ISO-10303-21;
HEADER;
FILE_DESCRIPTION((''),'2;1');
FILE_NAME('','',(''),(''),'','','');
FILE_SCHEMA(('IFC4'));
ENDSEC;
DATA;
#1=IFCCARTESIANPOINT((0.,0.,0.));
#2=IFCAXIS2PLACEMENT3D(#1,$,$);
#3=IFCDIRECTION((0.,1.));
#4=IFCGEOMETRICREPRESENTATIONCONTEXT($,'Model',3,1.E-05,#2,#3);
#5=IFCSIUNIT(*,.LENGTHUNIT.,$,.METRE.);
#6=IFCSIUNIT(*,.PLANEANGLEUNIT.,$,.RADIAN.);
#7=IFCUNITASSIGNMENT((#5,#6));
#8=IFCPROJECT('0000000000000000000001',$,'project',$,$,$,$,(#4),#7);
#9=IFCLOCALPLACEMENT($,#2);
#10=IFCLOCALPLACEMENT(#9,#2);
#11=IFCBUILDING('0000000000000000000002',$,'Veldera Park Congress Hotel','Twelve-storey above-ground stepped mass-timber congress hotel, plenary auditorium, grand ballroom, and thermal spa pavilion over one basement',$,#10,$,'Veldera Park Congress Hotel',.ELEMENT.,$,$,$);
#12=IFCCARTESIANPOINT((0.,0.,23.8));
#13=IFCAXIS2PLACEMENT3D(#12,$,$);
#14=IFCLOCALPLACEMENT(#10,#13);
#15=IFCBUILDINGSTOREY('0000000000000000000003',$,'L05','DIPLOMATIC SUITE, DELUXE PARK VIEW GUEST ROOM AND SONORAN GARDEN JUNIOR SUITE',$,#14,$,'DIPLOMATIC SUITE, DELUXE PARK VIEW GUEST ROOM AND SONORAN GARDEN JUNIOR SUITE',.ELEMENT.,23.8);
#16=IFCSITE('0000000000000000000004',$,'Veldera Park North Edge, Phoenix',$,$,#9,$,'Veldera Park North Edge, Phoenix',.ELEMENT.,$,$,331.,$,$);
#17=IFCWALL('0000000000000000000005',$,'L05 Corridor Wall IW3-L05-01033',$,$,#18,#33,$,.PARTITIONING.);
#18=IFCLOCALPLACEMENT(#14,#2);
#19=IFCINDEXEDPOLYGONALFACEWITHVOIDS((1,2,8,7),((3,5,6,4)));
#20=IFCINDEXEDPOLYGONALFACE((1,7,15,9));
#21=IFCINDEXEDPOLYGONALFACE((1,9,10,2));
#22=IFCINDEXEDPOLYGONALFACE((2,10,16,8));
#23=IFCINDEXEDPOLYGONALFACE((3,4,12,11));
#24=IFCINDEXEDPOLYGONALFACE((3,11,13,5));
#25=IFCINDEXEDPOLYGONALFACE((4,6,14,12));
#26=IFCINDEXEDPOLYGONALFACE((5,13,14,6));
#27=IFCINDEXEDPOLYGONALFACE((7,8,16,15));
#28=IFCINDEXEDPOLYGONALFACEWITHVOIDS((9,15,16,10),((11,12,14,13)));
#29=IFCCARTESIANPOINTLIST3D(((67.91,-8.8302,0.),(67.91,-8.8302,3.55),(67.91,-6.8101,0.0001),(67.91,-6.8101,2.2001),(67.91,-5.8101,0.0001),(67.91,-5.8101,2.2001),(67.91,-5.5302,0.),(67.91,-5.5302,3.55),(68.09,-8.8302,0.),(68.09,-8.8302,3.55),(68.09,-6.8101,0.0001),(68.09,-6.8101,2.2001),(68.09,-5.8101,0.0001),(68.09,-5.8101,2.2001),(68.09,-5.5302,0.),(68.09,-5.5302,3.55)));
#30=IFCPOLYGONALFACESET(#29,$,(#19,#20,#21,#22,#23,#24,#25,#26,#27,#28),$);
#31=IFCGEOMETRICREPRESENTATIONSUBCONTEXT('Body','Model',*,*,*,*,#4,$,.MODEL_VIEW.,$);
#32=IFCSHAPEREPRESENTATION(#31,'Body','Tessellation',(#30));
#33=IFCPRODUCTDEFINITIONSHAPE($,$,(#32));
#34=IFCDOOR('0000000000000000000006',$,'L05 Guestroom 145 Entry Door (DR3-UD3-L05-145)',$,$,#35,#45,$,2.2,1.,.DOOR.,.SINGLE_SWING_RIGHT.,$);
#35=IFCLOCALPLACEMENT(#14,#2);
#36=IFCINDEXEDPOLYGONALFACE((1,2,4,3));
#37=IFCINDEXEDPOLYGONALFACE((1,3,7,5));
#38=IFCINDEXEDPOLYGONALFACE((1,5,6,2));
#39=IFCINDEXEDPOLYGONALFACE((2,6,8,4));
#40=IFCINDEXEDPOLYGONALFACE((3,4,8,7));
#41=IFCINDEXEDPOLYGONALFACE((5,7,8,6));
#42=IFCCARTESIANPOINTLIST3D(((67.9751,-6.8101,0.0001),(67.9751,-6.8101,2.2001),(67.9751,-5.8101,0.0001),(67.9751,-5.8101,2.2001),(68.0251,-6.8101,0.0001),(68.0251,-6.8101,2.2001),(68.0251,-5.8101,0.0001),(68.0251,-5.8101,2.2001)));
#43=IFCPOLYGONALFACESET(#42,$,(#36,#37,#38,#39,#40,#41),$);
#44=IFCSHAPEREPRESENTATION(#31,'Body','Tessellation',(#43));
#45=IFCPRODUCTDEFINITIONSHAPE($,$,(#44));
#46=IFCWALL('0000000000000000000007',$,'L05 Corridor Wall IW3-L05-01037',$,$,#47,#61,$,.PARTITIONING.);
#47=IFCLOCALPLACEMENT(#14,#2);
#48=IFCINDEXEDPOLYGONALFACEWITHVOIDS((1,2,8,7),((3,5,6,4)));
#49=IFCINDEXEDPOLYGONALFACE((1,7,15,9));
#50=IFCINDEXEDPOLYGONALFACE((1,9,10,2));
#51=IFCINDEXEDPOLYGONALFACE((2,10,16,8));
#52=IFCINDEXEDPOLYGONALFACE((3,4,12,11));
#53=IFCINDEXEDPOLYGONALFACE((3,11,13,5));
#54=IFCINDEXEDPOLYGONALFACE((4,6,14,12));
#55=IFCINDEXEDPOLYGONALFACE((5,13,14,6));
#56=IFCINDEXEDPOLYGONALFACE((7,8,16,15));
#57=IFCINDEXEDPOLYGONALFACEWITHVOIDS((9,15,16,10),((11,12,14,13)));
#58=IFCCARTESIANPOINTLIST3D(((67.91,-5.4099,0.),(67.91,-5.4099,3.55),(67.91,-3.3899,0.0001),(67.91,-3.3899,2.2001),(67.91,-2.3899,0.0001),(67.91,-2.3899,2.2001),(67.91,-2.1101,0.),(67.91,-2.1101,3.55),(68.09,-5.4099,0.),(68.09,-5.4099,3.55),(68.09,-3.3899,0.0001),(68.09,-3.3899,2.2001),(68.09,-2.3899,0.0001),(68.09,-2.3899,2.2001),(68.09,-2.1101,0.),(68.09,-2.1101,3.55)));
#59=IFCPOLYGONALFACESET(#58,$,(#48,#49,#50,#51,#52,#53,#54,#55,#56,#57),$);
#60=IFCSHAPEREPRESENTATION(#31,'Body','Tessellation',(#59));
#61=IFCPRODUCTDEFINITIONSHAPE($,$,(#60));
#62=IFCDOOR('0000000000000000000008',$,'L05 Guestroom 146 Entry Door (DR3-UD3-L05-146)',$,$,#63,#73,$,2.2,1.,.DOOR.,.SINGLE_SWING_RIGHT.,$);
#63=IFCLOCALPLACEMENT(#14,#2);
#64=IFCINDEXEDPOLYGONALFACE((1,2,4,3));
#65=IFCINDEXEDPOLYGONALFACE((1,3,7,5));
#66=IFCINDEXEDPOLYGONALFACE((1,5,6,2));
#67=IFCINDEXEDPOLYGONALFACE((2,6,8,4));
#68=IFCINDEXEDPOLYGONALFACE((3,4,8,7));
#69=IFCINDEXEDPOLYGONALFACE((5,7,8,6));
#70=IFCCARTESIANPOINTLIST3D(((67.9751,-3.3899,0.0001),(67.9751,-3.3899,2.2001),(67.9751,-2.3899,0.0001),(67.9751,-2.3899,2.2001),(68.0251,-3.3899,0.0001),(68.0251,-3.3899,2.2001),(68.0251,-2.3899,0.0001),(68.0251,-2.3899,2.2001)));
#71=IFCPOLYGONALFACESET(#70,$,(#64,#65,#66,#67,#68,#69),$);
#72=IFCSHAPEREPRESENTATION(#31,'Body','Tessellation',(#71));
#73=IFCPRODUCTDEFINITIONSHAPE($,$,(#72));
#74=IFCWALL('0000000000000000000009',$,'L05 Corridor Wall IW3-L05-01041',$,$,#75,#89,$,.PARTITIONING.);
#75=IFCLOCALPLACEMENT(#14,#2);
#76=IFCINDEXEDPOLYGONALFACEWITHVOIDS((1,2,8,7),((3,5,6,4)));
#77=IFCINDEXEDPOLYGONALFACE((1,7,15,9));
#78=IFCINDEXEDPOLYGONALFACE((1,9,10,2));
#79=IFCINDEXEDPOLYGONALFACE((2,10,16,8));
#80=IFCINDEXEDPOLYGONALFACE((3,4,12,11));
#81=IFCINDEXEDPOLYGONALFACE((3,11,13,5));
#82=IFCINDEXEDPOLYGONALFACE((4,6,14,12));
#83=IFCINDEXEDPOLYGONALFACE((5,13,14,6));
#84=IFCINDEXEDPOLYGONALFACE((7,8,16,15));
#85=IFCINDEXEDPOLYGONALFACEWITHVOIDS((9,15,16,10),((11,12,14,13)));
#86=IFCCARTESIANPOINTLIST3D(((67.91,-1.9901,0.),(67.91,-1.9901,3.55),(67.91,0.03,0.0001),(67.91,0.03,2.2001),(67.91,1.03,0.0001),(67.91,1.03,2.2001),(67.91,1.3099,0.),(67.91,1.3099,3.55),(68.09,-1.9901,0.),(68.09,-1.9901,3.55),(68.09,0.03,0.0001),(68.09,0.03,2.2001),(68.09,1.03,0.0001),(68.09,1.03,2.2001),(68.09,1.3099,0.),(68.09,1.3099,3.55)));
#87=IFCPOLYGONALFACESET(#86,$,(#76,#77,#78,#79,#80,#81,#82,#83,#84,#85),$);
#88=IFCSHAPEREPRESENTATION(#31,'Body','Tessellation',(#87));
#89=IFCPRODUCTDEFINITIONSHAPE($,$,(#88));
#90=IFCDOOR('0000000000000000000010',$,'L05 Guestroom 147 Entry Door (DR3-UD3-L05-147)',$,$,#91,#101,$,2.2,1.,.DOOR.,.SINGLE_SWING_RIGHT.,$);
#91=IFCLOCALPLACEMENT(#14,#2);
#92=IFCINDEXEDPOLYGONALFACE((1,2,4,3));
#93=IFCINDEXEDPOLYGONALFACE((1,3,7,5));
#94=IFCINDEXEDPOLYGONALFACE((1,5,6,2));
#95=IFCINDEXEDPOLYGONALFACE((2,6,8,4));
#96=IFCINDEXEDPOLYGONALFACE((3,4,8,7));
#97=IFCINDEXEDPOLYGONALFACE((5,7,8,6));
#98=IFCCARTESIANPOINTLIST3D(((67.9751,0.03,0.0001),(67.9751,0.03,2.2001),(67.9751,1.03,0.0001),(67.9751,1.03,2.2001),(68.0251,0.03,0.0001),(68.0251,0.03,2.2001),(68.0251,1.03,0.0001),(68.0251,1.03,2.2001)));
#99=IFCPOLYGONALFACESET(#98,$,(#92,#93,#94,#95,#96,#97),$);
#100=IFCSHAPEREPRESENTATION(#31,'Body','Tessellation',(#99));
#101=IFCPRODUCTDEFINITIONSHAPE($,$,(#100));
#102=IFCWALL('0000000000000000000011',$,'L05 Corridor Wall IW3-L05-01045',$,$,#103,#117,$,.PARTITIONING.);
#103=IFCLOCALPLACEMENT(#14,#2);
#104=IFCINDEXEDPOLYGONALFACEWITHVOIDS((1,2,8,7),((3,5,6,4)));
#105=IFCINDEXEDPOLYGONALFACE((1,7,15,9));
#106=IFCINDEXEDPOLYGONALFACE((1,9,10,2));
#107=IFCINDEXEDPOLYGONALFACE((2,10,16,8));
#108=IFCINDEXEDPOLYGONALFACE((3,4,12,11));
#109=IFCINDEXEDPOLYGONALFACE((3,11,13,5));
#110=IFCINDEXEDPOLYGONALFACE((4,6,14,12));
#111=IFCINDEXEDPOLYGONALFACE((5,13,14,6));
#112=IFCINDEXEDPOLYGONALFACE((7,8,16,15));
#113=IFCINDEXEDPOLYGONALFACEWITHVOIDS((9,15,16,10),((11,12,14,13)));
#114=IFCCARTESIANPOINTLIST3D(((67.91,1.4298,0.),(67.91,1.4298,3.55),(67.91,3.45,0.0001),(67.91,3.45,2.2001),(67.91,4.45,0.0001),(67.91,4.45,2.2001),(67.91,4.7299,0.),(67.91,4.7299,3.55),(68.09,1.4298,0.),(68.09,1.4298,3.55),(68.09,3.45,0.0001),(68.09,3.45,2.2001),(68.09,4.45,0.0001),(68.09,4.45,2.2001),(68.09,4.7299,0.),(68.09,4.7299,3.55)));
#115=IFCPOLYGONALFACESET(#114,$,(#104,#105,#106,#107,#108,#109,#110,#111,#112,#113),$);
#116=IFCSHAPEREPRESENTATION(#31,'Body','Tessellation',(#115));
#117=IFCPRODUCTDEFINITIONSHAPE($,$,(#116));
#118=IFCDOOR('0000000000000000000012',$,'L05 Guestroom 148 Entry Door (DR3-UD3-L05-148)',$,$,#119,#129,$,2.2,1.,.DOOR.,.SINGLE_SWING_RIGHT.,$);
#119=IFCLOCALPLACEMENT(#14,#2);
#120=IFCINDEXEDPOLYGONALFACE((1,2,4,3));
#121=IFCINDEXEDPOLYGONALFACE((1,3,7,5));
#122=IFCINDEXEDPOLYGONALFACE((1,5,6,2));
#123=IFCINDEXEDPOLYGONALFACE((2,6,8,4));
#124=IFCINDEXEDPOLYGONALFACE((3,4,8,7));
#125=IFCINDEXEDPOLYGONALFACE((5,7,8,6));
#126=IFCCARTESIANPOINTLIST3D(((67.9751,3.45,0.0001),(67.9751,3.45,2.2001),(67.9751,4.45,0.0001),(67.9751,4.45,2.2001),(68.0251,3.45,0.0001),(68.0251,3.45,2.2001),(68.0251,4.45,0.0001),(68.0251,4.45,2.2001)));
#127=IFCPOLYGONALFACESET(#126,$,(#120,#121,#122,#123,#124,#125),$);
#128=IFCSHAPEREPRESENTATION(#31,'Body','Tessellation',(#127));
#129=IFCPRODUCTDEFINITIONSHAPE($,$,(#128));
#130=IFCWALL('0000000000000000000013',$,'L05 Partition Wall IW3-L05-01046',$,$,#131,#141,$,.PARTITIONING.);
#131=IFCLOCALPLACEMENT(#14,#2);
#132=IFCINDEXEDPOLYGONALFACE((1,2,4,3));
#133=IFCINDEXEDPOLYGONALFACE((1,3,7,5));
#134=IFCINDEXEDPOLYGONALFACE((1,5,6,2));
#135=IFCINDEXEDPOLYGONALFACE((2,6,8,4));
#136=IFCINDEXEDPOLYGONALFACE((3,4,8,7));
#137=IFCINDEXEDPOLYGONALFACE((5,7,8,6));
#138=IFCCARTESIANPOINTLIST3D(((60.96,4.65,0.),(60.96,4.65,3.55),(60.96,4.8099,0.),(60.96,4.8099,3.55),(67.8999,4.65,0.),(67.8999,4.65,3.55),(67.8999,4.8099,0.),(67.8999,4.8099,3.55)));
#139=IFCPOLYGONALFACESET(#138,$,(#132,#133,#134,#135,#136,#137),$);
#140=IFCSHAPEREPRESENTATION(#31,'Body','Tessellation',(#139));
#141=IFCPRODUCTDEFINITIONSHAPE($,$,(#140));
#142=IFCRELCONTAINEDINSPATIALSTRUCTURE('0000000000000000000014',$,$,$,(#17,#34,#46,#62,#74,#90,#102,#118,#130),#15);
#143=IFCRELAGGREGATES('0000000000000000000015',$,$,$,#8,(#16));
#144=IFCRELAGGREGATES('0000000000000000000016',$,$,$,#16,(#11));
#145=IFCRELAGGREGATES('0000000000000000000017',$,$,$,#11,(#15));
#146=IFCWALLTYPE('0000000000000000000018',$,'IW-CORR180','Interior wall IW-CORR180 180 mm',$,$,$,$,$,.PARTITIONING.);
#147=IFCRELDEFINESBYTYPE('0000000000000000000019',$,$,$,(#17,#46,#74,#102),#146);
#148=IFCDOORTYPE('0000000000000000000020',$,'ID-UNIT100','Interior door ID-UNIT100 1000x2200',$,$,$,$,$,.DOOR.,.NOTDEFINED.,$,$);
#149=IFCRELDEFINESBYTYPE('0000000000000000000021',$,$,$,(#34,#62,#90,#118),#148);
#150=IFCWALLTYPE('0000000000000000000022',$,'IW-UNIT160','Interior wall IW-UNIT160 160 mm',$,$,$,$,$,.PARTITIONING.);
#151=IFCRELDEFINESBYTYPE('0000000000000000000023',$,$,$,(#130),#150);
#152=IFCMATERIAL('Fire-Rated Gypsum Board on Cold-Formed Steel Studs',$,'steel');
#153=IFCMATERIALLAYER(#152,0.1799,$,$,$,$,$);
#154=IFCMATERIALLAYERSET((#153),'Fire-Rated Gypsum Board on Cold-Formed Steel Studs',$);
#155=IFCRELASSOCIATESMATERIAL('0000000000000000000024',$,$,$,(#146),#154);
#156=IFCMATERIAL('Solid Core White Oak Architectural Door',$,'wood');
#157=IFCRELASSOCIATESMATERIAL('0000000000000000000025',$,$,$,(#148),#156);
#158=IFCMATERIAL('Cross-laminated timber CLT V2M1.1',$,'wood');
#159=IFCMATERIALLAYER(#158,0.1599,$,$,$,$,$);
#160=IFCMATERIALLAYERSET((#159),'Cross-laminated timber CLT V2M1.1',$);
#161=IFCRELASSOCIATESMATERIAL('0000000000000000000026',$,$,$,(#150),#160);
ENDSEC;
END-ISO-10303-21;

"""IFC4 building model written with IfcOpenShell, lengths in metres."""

from ifc_helpers import new_model, si_unit, direction, frame, frame_2d, origin, place, context, subcontext, project, spatial, rectangle, extrude, material, layer, layer_set, type_object, element, fill, save


model = new_model("IFC4")

# Units and contexts
model_context = context("Model", 3, precision=1e-05, world=origin(), true_north=direction((0.0, 1.0)))
body_context = subcontext(model_context, "Body", "Model", "MODEL_VIEW")
ifc_project = project(units=[si_unit("LENGTHUNIT", "METRE"), si_unit("PLANEANGLEUNIT", "RADIAN")], contexts=[model_context])

# Site, building, storey
site_placement = place(None, origin())
site = spatial("IfcSite", under=ifc_project, at=site_placement, Name="Veldera Park North Edge, Phoenix", LongName="Veldera Park North Edge, Phoenix", CompositionType="ELEMENT", RefElevation=331.0)
building_placement = place(site_placement, origin())
building = spatial("IfcBuilding", under=site, at=building_placement, Name="Veldera Park Congress Hotel", Description="Twelve-storey above-ground stepped mass-timber congress hotel, plenary auditorium, grand ballroom, and thermal spa pavilion over one basement", LongName="Veldera Park Congress Hotel", CompositionType="ELEMENT")
storey_placement = place(building_placement, frame((0.0, 0.0, 23.8)))
storey = spatial("IfcBuildingStorey", under=building, at=storey_placement, Name="L05", Description="DIPLOMATIC SUITE, DELUXE PARK VIEW GUEST ROOM AND SONORAN GARDEN JUNIOR SUITE", LongName="DIPLOMATIC SUITE, DELUXE PARK VIEW GUEST ROOM AND SONORAN GARDEN JUNIOR SUITE", CompositionType="ELEMENT", Elevation=23.8)

# Shared definitions
ifc_material_1 = material(Name="Fire-Rated Gypsum Board on Cold-Formed Steel Studs", Category="steel")

# Shared definitions
ifc_material_2 = material(Name="Solid Core White Oak Architectural Door", Category="wood")

# Walls, openings, doors
ifc_layer_1 = layer(ifc_material_1, 0.1799)
ifc_layer_set_1 = layer_set([ifc_layer_1], Name="Fire-Rated Gypsum Board on Cold-Formed Steel Studs")
wall_type_1 = type_object("IfcWallType", Name="IW-CORR180", Description="Interior wall IW-CORR180 180 mm", PredefinedType="PARTITIONING", material=ifc_layer_set_1)
wall_1_placement = place(storey_placement, frame((68.0, -8.8301, 0.0), z_axis=(0.0, 0.0, 1.0), x_axis=(0.0, 1.0, 0.0)))
wall_1 = element("IfcWall", 1, at=wall_1_placement, inside=storey, type_object=wall_type_1, Name="L05 Corridor Wall IW3-L05-01033", PredefinedType="PARTITIONING", context=body_context, shape_type="SweptSolid", body=[
    extrude(rectangle(XDim=3.3, YDim=0.1799, at=frame_2d((1.6499, 0.0))), origin(), (0.0, 0.0, 1.0), 3.55),
])
opening_1_placement = place(wall_1_placement, frame((2.02, 0.0, 0.0)))
opening_1 = element("IfcOpeningElement", 2, at=opening_1_placement, cuts=wall_1, PredefinedType="OPENING", context=body_context, shape_type="SweptSolid", body=[
    extrude(rectangle(XDim=1.0, YDim=2.2, at=frame_2d((0.5, 1.1001))), frame((0.0, 0.1021, 0.0), z_axis=(0.0, -1.0, 0.0), x_axis=(1.0, 0.0, 0.0)), (0.0, 0.0, 1.0), 0.2039),
])
door_type_1 = type_object("IfcDoorType", Name="ID-UNIT100", Description="Interior door ID-UNIT100 1000x2200", OperationType="NOTDEFINED", PredefinedType="DOOR", material=ifc_material_2)
door_1_placement = place(opening_1_placement, origin())
door_1 = element("IfcDoor", 3, at=door_1_placement, inside=storey, type_object=door_type_1, Name="L05 Guestroom 145 Entry Door (DR3-UD3-L05-145)", OperationType="SINGLE_SWING_RIGHT", OverallHeight=2.2, OverallWidth=1.0, PredefinedType="DOOR", context=body_context, shape_type="SweptSolid", body=[
    extrude(rectangle(XDim=1.0, YDim=2.2, at=frame_2d((0.5, 1.1001))), frame((0.0, 0.0249, 0.0), z_axis=(0.0, -1.0, 0.0), x_axis=(1.0, 0.0, 0.0)), (0.0, 0.0, 1.0), 0.05),
])
fill(opening_1, door_1)
wall_2_placement = place(storey_placement, frame((68.0, -5.4099, 0.0), z_axis=(0.0, 0.0, 1.0), x_axis=(0.0, 1.0, 0.0)))
wall_2 = element("IfcWall", 4, at=wall_2_placement, inside=storey, type_object=wall_type_1, Name="L05 Corridor Wall IW3-L05-01037", PredefinedType="PARTITIONING", context=body_context, shape_type="SweptSolid", body=[
    extrude(rectangle(XDim=3.2998, YDim=0.1799, at=frame_2d((1.6499, 0.0))), origin(), (0.0, 0.0, 1.0), 3.55),
])
opening_2_placement = place(wall_2_placement, frame((2.02, 0.0, 0.0)))
opening_2 = element("IfcOpeningElement", 5, at=opening_2_placement, cuts=wall_2, PredefinedType="OPENING", context=body_context, shape_type="SweptSolid", body=[
    extrude(rectangle(XDim=1.0, YDim=2.2, at=frame_2d((0.5, 1.1001))), frame((0.0, 0.1021, 0.0), z_axis=(0.0, -1.0, 0.0), x_axis=(1.0, 0.0, 0.0)), (0.0, 0.0, 1.0), 0.2039),
])
door_2_placement = place(opening_2_placement, origin())
door_2 = element("IfcDoor", 6, at=door_2_placement, inside=storey, type_object=door_type_1, Name="L05 Guestroom 146 Entry Door (DR3-UD3-L05-146)", OperationType="SINGLE_SWING_RIGHT", OverallHeight=2.2, OverallWidth=1.0, PredefinedType="DOOR", context=body_context, shape_type="SweptSolid", body=[
    extrude(rectangle(XDim=1.0, YDim=2.2, at=frame_2d((0.5, 1.1001))), frame((0.0, 0.0249, 0.0), z_axis=(0.0, -1.0, 0.0), x_axis=(1.0, 0.0, 0.0)), (0.0, 0.0, 1.0), 0.05),
])
fill(opening_2, door_2)
wall_3_placement = place(storey_placement, frame((68.0, -1.99, 0.0), z_axis=(0.0, 0.0, 1.0), x_axis=(0.0, 1.0, 0.0)))
wall_3 = element("IfcWall", 7, at=wall_3_placement, inside=storey, type_object=wall_type_1, Name="L05 Corridor Wall IW3-L05-01041", PredefinedType="PARTITIONING", context=body_context, shape_type="SweptSolid", body=[
    extrude(rectangle(XDim=3.3, YDim=0.1799, at=frame_2d((1.6499, 0.0))), origin(), (0.0, 0.0, 1.0), 3.55),
])
opening_3_placement = place(wall_3_placement, frame((2.02, 0.0, 0.0)))
opening_3 = element("IfcOpeningElement", 8, at=opening_3_placement, cuts=wall_3, PredefinedType="OPENING", context=body_context, shape_type="SweptSolid", body=[
    extrude(rectangle(XDim=1.0, YDim=2.2, at=frame_2d((0.5, 1.1001))), frame((0.0, 0.1021, 0.0), z_axis=(0.0, -1.0, 0.0), x_axis=(1.0, 0.0, 0.0)), (0.0, 0.0, 1.0), 0.2039),
])
door_3_placement = place(opening_3_placement, origin())
door_3 = element("IfcDoor", 9, at=door_3_placement, inside=storey, type_object=door_type_1, Name="L05 Guestroom 147 Entry Door (DR3-UD3-L05-147)", OperationType="SINGLE_SWING_RIGHT", OverallHeight=2.2, OverallWidth=1.0, PredefinedType="DOOR", context=body_context, shape_type="SweptSolid", body=[
    extrude(rectangle(XDim=1.0, YDim=2.2, at=frame_2d((0.5, 1.1001))), frame((0.0, 0.0249, 0.0), z_axis=(0.0, -1.0, 0.0), x_axis=(1.0, 0.0, 0.0)), (0.0, 0.0, 1.0), 0.05),
])
fill(opening_3, door_3)
wall_4_placement = place(storey_placement, frame((68.0, 1.4299, 0.0), z_axis=(0.0, 0.0, 1.0), x_axis=(0.0, 1.0, 0.0)))
wall_4 = element("IfcWall", 10, at=wall_4_placement, inside=storey, type_object=wall_type_1, Name="L05 Corridor Wall IW3-L05-01045", PredefinedType="PARTITIONING", context=body_context, shape_type="SweptSolid", body=[
    extrude(rectangle(XDim=3.3, YDim=0.1799, at=frame_2d((1.6499, 0.0))), origin(), (0.0, 0.0, 1.0), 3.55),
])
opening_4_placement = place(wall_4_placement, frame((2.02, 0.0, 0.0)))
opening_4 = element("IfcOpeningElement", 11, at=opening_4_placement, cuts=wall_4, PredefinedType="OPENING", context=body_context, shape_type="SweptSolid", body=[
    extrude(rectangle(XDim=1.0, YDim=2.2, at=frame_2d((0.5, 1.1001))), frame((0.0, 0.1021, 0.0), z_axis=(0.0, -1.0, 0.0), x_axis=(1.0, 0.0, 0.0)), (0.0, 0.0, 1.0), 0.2039),
])
door_4_placement = place(opening_4_placement, origin())
door_4 = element("IfcDoor", 12, at=door_4_placement, inside=storey, type_object=door_type_1, Name="L05 Guestroom 148 Entry Door (DR3-UD3-L05-148)", OperationType="SINGLE_SWING_RIGHT", OverallHeight=2.2, OverallWidth=1.0, PredefinedType="DOOR", context=body_context, shape_type="SweptSolid", body=[
    extrude(rectangle(XDim=1.0, YDim=2.2, at=frame_2d((0.5, 1.1001))), frame((0.0, 0.0249, 0.0), z_axis=(0.0, -1.0, 0.0), x_axis=(1.0, 0.0, 0.0)), (0.0, 0.0, 1.0), 0.05),
])
fill(opening_4, door_4)

# Wall
ifc_material_3 = material(Name="Cross-laminated timber CLT V2M1.1", Category="wood")
ifc_layer_2 = layer(ifc_material_3, 0.1599)
ifc_layer_set_2 = layer_set([ifc_layer_2], Name="Cross-laminated timber CLT V2M1.1")
wall_type_2 = type_object("IfcWallType", Name="IW-UNIT160", Description="Interior wall IW-UNIT160 160 mm", PredefinedType="PARTITIONING", material=ifc_layer_set_2)
wall_5_placement = place(storey_placement, frame((60.96, 4.73, 0.0), z_axis=(0.0, 0.0, 1.0), x_axis=(1.0, 0.0, 0.0)))
element("IfcWall", 13, at=wall_5_placement, inside=storey, type_object=wall_type_2, Name="L05 Partition Wall IW3-L05-01046", PredefinedType="PARTITIONING", context=body_context, shape_type="SweptSolid", body=[
    extrude(rectangle(XDim=6.9399, YDim=0.1599, at=frame_2d((3.47, 0.0))), origin(), (0.0, 0.0, 1.0), 3.55),
])

save(model, "model.ifc")
